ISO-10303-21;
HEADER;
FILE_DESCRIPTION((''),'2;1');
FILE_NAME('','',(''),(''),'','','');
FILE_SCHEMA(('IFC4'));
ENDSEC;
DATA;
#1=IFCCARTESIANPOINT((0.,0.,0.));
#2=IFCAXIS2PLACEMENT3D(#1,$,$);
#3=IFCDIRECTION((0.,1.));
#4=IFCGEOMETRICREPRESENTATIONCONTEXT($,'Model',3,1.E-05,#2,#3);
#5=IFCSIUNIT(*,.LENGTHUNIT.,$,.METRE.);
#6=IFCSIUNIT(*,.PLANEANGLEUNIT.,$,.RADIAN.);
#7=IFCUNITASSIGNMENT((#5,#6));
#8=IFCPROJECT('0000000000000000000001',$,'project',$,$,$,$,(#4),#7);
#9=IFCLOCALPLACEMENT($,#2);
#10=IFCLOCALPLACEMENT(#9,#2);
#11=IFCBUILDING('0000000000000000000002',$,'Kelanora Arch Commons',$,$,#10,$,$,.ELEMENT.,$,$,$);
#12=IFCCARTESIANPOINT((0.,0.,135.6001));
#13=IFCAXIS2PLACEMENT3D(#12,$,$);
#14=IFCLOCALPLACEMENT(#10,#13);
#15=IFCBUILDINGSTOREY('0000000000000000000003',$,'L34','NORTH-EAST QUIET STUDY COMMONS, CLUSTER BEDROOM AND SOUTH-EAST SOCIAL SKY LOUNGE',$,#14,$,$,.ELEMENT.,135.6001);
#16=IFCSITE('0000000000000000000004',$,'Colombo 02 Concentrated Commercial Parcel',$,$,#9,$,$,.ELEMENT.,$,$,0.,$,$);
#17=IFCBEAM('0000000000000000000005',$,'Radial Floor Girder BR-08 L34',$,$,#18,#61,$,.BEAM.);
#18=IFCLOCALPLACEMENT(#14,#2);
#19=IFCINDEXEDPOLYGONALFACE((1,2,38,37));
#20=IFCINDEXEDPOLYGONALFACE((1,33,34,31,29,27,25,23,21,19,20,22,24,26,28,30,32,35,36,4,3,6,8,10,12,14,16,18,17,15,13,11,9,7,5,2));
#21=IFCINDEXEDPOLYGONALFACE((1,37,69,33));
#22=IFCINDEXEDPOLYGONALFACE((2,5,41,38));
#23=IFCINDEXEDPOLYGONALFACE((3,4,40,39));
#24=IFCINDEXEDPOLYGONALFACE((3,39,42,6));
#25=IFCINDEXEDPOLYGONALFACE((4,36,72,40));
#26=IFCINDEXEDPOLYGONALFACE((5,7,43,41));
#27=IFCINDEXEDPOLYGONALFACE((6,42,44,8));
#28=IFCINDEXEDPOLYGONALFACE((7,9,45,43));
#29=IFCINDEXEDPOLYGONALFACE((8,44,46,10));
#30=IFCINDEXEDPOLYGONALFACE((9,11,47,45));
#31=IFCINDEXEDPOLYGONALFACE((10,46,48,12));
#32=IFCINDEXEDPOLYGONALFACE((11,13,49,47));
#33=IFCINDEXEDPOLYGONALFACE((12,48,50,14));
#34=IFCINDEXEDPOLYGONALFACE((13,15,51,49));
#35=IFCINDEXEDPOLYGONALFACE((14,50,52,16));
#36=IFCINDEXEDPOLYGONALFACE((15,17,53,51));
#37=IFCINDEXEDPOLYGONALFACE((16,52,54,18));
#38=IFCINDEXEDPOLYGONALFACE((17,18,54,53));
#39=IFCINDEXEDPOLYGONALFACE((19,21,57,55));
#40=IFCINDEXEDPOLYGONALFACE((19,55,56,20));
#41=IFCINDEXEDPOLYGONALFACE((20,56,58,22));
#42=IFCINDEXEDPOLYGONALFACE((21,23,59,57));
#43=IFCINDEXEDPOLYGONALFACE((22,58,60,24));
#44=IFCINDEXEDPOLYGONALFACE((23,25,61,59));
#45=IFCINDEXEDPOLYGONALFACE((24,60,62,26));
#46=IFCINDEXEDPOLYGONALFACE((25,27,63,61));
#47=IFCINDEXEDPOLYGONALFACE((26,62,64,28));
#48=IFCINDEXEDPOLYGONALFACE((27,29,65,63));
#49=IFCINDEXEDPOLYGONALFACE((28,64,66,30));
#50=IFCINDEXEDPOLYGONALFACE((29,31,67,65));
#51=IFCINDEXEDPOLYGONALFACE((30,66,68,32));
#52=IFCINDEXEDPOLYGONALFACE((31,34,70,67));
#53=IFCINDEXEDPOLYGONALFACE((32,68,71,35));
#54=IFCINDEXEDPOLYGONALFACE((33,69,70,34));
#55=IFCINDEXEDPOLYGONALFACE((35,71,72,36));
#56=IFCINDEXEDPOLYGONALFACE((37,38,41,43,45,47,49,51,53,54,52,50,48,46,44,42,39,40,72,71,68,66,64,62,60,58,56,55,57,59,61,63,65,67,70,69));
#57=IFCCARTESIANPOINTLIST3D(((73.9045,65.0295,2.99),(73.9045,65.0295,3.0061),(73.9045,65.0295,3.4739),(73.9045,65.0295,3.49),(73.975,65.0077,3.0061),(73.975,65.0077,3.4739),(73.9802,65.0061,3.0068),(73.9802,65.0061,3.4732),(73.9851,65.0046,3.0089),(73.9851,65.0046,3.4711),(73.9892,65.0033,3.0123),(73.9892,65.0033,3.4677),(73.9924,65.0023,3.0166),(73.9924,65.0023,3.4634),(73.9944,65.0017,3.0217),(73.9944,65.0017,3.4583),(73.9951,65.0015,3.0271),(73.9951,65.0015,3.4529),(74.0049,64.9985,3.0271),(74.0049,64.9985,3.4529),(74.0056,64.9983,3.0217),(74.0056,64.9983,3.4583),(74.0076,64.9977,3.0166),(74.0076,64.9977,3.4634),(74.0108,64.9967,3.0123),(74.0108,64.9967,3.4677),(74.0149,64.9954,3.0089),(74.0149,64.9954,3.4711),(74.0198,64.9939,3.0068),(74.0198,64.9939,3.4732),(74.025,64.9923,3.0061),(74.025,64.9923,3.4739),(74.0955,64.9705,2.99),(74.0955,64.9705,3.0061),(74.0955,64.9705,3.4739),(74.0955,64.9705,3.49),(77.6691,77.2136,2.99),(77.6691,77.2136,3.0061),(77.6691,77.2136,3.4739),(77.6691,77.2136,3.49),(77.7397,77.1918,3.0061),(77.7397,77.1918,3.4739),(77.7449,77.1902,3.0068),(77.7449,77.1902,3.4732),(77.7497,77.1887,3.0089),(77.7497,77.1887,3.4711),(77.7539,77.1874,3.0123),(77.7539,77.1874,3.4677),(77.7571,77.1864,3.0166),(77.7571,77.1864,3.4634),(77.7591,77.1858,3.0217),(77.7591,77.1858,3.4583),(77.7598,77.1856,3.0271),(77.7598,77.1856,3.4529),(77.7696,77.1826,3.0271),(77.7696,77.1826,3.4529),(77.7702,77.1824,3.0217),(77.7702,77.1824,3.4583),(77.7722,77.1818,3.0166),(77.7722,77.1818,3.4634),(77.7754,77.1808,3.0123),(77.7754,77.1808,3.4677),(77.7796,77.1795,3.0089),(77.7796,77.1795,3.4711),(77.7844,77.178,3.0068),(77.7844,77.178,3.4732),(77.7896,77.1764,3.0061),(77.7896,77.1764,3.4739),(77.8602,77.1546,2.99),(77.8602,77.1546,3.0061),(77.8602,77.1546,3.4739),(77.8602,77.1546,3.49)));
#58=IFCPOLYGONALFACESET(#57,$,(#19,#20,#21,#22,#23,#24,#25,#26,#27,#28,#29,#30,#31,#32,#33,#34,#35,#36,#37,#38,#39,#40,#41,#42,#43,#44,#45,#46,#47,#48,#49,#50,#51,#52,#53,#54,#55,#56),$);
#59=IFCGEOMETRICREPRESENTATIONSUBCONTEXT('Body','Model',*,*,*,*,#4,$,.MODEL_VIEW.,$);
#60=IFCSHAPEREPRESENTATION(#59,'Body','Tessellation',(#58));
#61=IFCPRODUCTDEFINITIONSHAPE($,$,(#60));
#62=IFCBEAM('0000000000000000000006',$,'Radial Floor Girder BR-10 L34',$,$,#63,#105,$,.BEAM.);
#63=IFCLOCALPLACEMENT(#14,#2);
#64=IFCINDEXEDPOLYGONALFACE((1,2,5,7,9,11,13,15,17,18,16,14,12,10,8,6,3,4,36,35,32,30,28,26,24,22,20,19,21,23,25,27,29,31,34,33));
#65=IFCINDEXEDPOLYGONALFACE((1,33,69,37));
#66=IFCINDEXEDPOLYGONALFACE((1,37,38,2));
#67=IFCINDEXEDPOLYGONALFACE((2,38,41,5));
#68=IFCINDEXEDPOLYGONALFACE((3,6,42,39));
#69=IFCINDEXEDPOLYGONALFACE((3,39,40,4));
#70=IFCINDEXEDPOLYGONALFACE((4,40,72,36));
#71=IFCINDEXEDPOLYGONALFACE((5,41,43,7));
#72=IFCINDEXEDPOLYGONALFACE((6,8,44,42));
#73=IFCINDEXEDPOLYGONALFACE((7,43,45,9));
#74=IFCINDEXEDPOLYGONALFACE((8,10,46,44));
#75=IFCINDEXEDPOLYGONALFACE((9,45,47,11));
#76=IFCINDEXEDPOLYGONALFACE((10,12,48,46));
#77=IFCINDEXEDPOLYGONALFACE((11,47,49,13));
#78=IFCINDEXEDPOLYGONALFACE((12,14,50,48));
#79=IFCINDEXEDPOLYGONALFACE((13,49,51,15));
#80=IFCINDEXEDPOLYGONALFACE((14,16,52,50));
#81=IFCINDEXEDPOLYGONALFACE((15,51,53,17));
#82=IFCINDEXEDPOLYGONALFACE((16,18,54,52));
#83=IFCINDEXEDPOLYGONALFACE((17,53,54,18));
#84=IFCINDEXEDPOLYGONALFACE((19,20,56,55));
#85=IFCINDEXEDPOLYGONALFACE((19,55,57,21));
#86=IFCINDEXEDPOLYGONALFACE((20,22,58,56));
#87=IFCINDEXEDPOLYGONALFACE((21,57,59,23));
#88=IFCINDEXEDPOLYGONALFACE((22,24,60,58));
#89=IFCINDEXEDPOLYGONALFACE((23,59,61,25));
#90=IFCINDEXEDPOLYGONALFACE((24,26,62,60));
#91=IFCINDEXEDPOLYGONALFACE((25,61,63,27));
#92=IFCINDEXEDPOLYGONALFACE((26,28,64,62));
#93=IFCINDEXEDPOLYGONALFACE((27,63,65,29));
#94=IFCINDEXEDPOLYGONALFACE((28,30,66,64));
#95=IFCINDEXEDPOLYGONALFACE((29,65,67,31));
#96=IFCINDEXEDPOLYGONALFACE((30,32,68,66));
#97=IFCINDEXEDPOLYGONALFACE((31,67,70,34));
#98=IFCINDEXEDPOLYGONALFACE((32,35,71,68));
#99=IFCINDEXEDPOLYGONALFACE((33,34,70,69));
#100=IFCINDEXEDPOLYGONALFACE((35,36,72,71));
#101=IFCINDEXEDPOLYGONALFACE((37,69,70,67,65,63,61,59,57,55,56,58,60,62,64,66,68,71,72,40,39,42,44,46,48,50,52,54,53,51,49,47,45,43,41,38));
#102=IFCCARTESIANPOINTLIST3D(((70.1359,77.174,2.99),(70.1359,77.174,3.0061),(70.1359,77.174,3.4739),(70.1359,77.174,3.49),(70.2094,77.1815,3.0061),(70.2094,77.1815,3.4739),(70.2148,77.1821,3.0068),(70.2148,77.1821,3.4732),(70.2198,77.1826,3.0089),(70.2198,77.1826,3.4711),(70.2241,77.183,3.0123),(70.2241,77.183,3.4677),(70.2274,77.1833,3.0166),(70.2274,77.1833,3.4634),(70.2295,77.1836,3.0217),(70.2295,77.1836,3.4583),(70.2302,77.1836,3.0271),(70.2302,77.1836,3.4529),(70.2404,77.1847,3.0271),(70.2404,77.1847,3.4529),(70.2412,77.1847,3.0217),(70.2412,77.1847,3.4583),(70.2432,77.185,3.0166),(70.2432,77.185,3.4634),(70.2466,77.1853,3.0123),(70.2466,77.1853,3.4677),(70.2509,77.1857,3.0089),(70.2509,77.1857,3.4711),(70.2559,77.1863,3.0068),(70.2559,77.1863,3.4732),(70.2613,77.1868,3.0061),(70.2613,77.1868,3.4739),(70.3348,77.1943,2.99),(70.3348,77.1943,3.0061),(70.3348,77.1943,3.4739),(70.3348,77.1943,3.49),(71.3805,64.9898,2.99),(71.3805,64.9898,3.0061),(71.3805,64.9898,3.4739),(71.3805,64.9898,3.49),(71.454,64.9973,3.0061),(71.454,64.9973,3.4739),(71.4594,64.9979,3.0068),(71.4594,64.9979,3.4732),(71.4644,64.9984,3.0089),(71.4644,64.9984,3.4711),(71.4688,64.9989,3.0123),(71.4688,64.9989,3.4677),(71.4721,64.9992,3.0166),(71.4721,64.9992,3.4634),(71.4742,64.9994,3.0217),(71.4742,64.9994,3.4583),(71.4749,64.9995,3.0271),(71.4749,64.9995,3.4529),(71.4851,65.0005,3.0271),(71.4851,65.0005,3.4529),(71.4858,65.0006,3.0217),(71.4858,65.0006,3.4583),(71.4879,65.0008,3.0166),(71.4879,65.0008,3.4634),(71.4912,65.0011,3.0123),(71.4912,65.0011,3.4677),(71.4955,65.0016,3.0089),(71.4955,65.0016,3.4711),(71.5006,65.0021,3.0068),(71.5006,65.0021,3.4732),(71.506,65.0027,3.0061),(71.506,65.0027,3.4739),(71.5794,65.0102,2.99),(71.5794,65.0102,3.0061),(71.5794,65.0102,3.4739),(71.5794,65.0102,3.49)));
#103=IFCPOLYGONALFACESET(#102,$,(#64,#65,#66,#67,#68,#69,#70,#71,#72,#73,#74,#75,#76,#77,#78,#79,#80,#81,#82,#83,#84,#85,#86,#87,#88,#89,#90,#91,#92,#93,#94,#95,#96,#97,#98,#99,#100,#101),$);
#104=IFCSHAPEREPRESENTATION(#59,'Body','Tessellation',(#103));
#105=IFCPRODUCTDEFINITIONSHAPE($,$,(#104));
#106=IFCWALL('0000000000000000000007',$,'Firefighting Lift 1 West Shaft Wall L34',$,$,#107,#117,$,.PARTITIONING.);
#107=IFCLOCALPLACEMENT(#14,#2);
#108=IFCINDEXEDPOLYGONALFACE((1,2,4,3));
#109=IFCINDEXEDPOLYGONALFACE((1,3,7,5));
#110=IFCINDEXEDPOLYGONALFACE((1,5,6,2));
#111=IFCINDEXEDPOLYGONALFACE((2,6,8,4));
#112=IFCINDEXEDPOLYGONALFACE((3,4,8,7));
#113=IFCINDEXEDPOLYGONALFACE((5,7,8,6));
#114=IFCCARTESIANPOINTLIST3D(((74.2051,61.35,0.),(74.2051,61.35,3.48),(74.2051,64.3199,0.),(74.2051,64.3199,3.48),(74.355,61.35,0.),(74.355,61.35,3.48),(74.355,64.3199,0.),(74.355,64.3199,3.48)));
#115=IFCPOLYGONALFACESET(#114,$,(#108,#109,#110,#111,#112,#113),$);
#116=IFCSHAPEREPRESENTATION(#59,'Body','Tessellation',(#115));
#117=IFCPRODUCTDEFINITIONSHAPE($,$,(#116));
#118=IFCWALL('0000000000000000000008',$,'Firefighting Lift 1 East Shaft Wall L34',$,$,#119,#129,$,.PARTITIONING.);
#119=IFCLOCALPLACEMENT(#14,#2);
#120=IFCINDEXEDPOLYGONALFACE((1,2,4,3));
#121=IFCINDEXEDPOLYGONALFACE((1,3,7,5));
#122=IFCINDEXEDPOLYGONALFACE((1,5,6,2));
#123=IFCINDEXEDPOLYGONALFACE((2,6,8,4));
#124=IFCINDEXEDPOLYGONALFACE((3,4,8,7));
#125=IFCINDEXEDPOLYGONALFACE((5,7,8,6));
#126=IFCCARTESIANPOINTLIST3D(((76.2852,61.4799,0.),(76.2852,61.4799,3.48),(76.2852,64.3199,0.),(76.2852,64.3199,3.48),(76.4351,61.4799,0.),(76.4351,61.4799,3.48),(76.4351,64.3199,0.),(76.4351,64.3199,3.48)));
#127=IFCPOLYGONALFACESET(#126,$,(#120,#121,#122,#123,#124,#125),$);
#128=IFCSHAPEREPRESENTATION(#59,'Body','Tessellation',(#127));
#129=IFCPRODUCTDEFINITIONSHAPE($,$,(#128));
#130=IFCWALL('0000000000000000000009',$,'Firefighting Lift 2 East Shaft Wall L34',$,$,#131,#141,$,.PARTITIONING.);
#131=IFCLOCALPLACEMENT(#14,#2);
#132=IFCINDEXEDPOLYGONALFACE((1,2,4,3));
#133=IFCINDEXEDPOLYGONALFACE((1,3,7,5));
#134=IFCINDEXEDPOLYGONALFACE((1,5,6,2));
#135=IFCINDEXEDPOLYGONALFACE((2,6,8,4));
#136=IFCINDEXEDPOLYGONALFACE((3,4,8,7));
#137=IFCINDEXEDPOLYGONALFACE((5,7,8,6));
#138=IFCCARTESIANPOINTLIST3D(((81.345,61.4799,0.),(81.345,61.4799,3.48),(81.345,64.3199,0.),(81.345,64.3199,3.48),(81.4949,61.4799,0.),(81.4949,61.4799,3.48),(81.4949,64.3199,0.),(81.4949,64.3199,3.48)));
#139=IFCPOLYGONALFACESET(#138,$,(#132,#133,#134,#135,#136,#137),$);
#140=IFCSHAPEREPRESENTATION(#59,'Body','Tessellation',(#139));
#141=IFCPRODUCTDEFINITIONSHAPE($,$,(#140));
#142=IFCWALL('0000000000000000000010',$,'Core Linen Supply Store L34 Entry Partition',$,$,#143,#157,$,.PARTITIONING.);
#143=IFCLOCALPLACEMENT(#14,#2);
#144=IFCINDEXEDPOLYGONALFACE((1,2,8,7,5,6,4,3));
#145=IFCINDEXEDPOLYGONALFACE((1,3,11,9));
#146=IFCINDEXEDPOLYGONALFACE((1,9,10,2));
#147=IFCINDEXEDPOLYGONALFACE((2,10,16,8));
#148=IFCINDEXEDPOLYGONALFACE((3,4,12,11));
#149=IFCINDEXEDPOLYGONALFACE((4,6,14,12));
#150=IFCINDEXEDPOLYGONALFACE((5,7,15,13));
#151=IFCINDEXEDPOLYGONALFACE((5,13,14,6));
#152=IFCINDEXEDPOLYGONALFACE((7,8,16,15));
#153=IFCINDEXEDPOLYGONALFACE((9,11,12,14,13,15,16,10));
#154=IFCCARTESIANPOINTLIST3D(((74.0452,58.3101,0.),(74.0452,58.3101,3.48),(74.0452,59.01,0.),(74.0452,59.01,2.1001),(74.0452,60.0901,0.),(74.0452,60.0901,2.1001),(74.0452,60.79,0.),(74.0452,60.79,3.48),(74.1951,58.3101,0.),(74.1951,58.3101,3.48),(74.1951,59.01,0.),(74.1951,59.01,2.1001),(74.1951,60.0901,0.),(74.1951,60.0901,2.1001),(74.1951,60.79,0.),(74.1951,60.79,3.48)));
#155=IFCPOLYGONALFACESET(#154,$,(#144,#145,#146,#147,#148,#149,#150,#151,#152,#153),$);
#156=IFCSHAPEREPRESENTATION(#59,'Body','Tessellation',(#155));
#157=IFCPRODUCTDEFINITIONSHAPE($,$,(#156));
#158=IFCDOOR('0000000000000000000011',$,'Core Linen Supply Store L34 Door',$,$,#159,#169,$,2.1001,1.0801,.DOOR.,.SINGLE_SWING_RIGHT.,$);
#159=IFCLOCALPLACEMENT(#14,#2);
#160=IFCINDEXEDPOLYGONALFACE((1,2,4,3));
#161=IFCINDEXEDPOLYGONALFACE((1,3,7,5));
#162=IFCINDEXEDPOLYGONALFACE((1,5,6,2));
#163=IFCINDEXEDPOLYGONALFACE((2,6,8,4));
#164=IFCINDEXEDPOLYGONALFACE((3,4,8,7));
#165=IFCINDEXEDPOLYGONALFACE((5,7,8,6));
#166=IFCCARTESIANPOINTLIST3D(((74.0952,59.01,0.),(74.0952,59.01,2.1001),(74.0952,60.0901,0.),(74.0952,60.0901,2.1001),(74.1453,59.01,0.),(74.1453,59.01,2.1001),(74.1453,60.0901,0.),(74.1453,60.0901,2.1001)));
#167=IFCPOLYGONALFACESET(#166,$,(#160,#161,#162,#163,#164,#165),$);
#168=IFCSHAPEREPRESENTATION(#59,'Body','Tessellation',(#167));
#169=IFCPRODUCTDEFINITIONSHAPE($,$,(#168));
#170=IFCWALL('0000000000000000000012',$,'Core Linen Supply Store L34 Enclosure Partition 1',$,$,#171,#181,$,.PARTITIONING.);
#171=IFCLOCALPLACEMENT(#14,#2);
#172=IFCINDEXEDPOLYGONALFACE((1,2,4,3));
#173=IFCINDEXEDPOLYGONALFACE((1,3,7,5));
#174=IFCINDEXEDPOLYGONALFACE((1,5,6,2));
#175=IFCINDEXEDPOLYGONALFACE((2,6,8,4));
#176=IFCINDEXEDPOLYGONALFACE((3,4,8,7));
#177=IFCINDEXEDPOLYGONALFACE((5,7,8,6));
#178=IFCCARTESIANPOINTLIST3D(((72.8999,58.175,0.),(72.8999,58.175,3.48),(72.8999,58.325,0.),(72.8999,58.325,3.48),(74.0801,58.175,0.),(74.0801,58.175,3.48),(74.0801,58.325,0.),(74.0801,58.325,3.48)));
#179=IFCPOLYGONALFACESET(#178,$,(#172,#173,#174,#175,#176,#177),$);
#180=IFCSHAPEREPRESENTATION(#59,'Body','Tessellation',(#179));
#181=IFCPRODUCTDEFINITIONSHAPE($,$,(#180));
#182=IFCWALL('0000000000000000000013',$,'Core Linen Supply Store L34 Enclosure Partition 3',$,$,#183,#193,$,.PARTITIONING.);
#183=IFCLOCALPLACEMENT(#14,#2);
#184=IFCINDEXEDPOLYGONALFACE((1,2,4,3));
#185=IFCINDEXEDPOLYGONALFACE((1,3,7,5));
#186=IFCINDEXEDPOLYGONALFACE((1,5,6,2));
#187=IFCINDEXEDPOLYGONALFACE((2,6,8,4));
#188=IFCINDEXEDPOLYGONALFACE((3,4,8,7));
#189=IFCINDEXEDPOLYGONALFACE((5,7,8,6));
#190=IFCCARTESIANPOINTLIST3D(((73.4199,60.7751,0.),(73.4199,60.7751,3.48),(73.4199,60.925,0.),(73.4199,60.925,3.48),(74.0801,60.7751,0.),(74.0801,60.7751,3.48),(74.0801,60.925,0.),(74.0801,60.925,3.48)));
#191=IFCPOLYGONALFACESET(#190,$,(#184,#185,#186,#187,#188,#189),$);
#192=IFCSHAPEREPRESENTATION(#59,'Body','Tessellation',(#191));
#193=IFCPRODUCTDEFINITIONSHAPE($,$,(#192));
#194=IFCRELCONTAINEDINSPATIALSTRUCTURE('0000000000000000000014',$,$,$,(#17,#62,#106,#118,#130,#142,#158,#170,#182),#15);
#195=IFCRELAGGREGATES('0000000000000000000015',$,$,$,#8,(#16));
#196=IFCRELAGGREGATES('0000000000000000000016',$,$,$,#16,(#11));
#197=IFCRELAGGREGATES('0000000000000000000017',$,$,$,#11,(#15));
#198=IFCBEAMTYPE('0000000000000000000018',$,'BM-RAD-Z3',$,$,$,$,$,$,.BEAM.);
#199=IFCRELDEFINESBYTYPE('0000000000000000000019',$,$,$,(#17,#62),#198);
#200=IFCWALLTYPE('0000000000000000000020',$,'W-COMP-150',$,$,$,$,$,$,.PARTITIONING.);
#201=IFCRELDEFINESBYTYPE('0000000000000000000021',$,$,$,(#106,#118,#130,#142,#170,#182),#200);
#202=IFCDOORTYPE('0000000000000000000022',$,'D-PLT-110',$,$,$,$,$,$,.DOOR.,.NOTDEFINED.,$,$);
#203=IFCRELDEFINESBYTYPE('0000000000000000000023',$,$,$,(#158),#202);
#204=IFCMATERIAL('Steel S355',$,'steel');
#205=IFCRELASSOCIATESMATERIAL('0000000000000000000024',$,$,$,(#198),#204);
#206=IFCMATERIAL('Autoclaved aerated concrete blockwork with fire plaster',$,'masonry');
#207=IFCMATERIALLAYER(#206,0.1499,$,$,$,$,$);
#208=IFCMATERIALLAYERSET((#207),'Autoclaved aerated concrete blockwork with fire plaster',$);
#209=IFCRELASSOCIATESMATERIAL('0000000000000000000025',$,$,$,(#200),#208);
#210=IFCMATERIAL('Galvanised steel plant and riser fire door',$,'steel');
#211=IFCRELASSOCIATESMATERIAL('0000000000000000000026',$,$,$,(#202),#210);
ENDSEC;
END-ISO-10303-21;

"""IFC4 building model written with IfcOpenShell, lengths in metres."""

from ifc_helpers import new_model, si_unit, direction, frame, frame_2d, origin, origin_2d, place, context, subcontext, project, spatial, rectangle, i_section, extrude, material, layer, layer_set, material_profile, profile_set, type_object, element, fill, save


model = new_model("IFC4")

# Units and contexts
model_context = context("Model", 3, precision=1e-05, world=origin(), true_north=direction((0.0, 1.0)))
body_context = subcontext(model_context, "Body", "Model", "MODEL_VIEW")
ifc_project = project(units=[si_unit("LENGTHUNIT", "METRE"), si_unit("PLANEANGLEUNIT", "RADIAN")], contexts=[model_context])

# Site, building, storey
site_placement = place(None, origin())
site = spatial("IfcSite", under=ifc_project, at=site_placement, Name="Colombo 02 Concentrated Commercial Parcel", CompositionType="ELEMENT", RefElevation=0.0)
building_placement = place(site_placement, origin())
building = spatial("IfcBuilding", under=site, at=building_placement, Name="Kelanora Arch Commons", CompositionType="ELEMENT")
storey_placement = place(building_placement, frame((0.0, 0.0, 135.6001)))
storey = spatial("IfcBuildingStorey", under=building, at=storey_placement, Name="L34", Description="NORTH-EAST QUIET STUDY COMMONS, CLUSTER BEDROOM AND SOUTH-EAST SOCIAL SKY LOUNGE", CompositionType="ELEMENT", Elevation=135.6001)

# Beams
ifc_material_1 = material(Name="Steel S355", Category="steel")
ifc_material_profile_1 = material_profile(ifc_material_1, i_section(OverallWidth=0.2, OverallDepth=0.5, WebThickness=0.0103, FlangeThickness=0.0161, FilletRadius=0.021, at=origin_2d()), Name="IPE500")
ifc_profile_set_1 = profile_set([ifc_material_profile_1], Name="Steel S355")
beam_type_1 = type_object("IfcBeamType", Name="BM-RAD-Z3", PredefinedType="BEAM", material=ifc_profile_set_1)
beam_1_placement = place(storey_placement, frame((74.0, 65.0, 3.24), z_axis=(0.29521, 0.955432, 0.0), x_axis=(-0.955432, 0.29521, 0.0)))
element("IfcBeam", 1, at=beam_1_placement, inside=storey, type_object=beam_type_1, Name="Radial Floor Girder BR-08 L34", PredefinedType="BEAM", context=body_context, shape_type="SweptSolid", body=[
    extrude(i_section(OverallWidth=0.2, OverallDepth=0.5, WebThickness=0.0103, FlangeThickness=0.0161, FilletRadius=0.021, at=origin_2d()), origin(), (0.0, 0.0, 1.0), 12.7524),
])
beam_2_placement = place(storey_placement, frame((71.48, 65.0, 3.24), z_axis=(-0.101623, 0.994823, 0.0), x_axis=(-0.994823, -0.101623, 0.0)))
element("IfcBeam", 2, at=beam_2_placement, inside=storey, type_object=beam_type_1, Name="Radial Floor Girder BR-10 L34", PredefinedType="BEAM", context=body_context, shape_type="SweptSolid", body=[
    extrude(i_section(OverallWidth=0.2, OverallDepth=0.5, WebThickness=0.0103, FlangeThickness=0.0161, FilletRadius=0.021, at=origin_2d()), origin(), (0.0, 0.0, 1.0), 12.2476),
])

# Walls
ifc_material_2 = material(Name="Autoclaved aerated concrete blockwork with fire plaster", Category="masonry")
ifc_layer_1 = layer(ifc_material_2, 0.1499)
ifc_layer_set_1 = layer_set([ifc_layer_1], Name="Autoclaved aerated concrete blockwork with fire plaster")
wall_type_1 = type_object("IfcWallType", Name="W-COMP-150", PredefinedType="PARTITIONING", material=ifc_layer_set_1)
wall_1_placement = place(storey_placement, frame((74.28, 61.3501, 0.0), z_axis=(0.0, 0.0, 1.0), x_axis=(0.0, 1.0, 0.0)))
element("IfcWall", 3, at=wall_1_placement, inside=storey, type_object=wall_type_1, Name="Firefighting Lift 1 West Shaft Wall L34", PredefinedType="PARTITIONING", context=body_context, shape_type="SweptSolid", body=[
    extrude(rectangle(XDim=2.97, YDim=0.1499, at=frame_2d((1.4849, 0.0))), origin(), (0.0, 0.0, 1.0), 3.48),
])
for number, where, z_axis, x_axis, name in (
    (4, (76.3601, 61.48, 0.0), (0.0, 0.0, 1.0), (0.0, 1.0, 0.0), "Firefighting Lift 1 East Shaft Wall L34"),
    (5, (81.4199, 61.48, 0.0), (0.0, 0.0, 1.0), (0.0, 1.0, 0.0), "Firefighting Lift 2 East Shaft Wall L34"),
):
    element("IfcWall", number, at=place(storey_placement, frame(where, z_axis=z_axis, x_axis=x_axis)), inside=storey, type_object=wall_type_1, Name=name, PredefinedType="PARTITIONING", context=body_context, shape_type="SweptSolid", body=[
        extrude(rectangle(XDim=2.8401, YDim=0.1499, at=frame_2d((1.4199, 0.0))), origin(), (0.0, 0.0, 1.0), 3.48),
    ])

# Wall, opening, door
wall_2_placement = place(storey_placement, frame((74.1201, 58.3101, 0.0), z_axis=(0.0, 0.0, 1.0), x_axis=(0.0, 1.0, 0.0)))
wall_2 = element("IfcWall", 6, at=wall_2_placement, inside=storey, type_object=wall_type_1, Name="Core Linen Supply Store L34 Entry Partition", PredefinedType="PARTITIONING", context=body_context, shape_type="SweptSolid", body=[
    extrude(rectangle(XDim=2.48, YDim=0.1499, at=frame_2d((1.24, 0.0))), origin(), (0.0, 0.0, 1.0), 3.48),
])
opening_1_placement = place(wall_2_placement, frame((0.7, 0.0, 0.0)))
opening_1 = element("IfcOpeningElement", 7, at=opening_1_placement, cuts=wall_2, PredefinedType="OPENING", context=body_context, shape_type="SweptSolid", body=[
    extrude(rectangle(XDim=1.0801, YDim=2.1001, at=frame_2d((0.54, 1.05))), frame((0.0, 0.085, 0.0), z_axis=(0.0, -1.0, 0.0), x_axis=(1.0, 0.0, 0.0)), (0.0, 0.0, 1.0), 0.1699),
])
ifc_material_3 = material(Name="Galvanised steel plant and riser fire door", Category="steel")
door_type_1 = type_object("IfcDoorType", Name="D-PLT-110", OperationType="NOTDEFINED", PredefinedType="DOOR", material=ifc_material_3)
door_1_placement = place(opening_1_placement, origin())
door_1 = element("IfcDoor", 8, at=door_1_placement, inside=storey, type_object=door_type_1, Name="Core Linen Supply Store L34 Door", OperationType="SINGLE_SWING_RIGHT", OverallHeight=2.1001, OverallWidth=1.0801, PredefinedType="DOOR", context=body_context, shape_type="SweptSolid", body=[
    extrude(rectangle(XDim=1.0801, YDim=2.1001, at=frame_2d((0.54, 1.05))), frame((0.0, 0.0249, 0.0), z_axis=(0.0, -1.0, 0.0), x_axis=(1.0, 0.0, 0.0)), (0.0, 0.0, 1.0), 0.05),
])
fill(opening_1, door_1)

# Walls
wall_3_placement = place(storey_placement, frame((72.8999, 58.25, 0.0), z_axis=(0.0, 0.0, 1.0), x_axis=(1.0, 0.0, 0.0)))
element("IfcWall", 9, at=wall_3_placement, inside=storey, type_object=wall_type_1, Name="Core Linen Supply Store L34 Enclosure Partition 1", PredefinedType="PARTITIONING", context=body_context, shape_type="SweptSolid", body=[
    extrude(rectangle(XDim=1.1802, YDim=0.1499, at=frame_2d((0.5901, 0.0))), origin(), (0.0, 0.0, 1.0), 3.48),
])
wall_4_placement = place(storey_placement, frame((74.0801, 60.8501, 0.0), z_axis=(0.0, 0.0, 1.0), x_axis=(-1.0, 0.0, 0.0)))
element("IfcWall", 10, at=wall_4_placement, inside=storey, type_object=wall_type_1, Name="Core Linen Supply Store L34 Enclosure Partition 3", PredefinedType="PARTITIONING", context=body_context, shape_type="SweptSolid", body=[
    extrude(rectangle(XDim=0.6602, YDim=0.1499, at=frame_2d((0.3301, 0.0))), origin(), (0.0, 0.0, 1.0), 3.48),
])

save(model, "model.ifc")
